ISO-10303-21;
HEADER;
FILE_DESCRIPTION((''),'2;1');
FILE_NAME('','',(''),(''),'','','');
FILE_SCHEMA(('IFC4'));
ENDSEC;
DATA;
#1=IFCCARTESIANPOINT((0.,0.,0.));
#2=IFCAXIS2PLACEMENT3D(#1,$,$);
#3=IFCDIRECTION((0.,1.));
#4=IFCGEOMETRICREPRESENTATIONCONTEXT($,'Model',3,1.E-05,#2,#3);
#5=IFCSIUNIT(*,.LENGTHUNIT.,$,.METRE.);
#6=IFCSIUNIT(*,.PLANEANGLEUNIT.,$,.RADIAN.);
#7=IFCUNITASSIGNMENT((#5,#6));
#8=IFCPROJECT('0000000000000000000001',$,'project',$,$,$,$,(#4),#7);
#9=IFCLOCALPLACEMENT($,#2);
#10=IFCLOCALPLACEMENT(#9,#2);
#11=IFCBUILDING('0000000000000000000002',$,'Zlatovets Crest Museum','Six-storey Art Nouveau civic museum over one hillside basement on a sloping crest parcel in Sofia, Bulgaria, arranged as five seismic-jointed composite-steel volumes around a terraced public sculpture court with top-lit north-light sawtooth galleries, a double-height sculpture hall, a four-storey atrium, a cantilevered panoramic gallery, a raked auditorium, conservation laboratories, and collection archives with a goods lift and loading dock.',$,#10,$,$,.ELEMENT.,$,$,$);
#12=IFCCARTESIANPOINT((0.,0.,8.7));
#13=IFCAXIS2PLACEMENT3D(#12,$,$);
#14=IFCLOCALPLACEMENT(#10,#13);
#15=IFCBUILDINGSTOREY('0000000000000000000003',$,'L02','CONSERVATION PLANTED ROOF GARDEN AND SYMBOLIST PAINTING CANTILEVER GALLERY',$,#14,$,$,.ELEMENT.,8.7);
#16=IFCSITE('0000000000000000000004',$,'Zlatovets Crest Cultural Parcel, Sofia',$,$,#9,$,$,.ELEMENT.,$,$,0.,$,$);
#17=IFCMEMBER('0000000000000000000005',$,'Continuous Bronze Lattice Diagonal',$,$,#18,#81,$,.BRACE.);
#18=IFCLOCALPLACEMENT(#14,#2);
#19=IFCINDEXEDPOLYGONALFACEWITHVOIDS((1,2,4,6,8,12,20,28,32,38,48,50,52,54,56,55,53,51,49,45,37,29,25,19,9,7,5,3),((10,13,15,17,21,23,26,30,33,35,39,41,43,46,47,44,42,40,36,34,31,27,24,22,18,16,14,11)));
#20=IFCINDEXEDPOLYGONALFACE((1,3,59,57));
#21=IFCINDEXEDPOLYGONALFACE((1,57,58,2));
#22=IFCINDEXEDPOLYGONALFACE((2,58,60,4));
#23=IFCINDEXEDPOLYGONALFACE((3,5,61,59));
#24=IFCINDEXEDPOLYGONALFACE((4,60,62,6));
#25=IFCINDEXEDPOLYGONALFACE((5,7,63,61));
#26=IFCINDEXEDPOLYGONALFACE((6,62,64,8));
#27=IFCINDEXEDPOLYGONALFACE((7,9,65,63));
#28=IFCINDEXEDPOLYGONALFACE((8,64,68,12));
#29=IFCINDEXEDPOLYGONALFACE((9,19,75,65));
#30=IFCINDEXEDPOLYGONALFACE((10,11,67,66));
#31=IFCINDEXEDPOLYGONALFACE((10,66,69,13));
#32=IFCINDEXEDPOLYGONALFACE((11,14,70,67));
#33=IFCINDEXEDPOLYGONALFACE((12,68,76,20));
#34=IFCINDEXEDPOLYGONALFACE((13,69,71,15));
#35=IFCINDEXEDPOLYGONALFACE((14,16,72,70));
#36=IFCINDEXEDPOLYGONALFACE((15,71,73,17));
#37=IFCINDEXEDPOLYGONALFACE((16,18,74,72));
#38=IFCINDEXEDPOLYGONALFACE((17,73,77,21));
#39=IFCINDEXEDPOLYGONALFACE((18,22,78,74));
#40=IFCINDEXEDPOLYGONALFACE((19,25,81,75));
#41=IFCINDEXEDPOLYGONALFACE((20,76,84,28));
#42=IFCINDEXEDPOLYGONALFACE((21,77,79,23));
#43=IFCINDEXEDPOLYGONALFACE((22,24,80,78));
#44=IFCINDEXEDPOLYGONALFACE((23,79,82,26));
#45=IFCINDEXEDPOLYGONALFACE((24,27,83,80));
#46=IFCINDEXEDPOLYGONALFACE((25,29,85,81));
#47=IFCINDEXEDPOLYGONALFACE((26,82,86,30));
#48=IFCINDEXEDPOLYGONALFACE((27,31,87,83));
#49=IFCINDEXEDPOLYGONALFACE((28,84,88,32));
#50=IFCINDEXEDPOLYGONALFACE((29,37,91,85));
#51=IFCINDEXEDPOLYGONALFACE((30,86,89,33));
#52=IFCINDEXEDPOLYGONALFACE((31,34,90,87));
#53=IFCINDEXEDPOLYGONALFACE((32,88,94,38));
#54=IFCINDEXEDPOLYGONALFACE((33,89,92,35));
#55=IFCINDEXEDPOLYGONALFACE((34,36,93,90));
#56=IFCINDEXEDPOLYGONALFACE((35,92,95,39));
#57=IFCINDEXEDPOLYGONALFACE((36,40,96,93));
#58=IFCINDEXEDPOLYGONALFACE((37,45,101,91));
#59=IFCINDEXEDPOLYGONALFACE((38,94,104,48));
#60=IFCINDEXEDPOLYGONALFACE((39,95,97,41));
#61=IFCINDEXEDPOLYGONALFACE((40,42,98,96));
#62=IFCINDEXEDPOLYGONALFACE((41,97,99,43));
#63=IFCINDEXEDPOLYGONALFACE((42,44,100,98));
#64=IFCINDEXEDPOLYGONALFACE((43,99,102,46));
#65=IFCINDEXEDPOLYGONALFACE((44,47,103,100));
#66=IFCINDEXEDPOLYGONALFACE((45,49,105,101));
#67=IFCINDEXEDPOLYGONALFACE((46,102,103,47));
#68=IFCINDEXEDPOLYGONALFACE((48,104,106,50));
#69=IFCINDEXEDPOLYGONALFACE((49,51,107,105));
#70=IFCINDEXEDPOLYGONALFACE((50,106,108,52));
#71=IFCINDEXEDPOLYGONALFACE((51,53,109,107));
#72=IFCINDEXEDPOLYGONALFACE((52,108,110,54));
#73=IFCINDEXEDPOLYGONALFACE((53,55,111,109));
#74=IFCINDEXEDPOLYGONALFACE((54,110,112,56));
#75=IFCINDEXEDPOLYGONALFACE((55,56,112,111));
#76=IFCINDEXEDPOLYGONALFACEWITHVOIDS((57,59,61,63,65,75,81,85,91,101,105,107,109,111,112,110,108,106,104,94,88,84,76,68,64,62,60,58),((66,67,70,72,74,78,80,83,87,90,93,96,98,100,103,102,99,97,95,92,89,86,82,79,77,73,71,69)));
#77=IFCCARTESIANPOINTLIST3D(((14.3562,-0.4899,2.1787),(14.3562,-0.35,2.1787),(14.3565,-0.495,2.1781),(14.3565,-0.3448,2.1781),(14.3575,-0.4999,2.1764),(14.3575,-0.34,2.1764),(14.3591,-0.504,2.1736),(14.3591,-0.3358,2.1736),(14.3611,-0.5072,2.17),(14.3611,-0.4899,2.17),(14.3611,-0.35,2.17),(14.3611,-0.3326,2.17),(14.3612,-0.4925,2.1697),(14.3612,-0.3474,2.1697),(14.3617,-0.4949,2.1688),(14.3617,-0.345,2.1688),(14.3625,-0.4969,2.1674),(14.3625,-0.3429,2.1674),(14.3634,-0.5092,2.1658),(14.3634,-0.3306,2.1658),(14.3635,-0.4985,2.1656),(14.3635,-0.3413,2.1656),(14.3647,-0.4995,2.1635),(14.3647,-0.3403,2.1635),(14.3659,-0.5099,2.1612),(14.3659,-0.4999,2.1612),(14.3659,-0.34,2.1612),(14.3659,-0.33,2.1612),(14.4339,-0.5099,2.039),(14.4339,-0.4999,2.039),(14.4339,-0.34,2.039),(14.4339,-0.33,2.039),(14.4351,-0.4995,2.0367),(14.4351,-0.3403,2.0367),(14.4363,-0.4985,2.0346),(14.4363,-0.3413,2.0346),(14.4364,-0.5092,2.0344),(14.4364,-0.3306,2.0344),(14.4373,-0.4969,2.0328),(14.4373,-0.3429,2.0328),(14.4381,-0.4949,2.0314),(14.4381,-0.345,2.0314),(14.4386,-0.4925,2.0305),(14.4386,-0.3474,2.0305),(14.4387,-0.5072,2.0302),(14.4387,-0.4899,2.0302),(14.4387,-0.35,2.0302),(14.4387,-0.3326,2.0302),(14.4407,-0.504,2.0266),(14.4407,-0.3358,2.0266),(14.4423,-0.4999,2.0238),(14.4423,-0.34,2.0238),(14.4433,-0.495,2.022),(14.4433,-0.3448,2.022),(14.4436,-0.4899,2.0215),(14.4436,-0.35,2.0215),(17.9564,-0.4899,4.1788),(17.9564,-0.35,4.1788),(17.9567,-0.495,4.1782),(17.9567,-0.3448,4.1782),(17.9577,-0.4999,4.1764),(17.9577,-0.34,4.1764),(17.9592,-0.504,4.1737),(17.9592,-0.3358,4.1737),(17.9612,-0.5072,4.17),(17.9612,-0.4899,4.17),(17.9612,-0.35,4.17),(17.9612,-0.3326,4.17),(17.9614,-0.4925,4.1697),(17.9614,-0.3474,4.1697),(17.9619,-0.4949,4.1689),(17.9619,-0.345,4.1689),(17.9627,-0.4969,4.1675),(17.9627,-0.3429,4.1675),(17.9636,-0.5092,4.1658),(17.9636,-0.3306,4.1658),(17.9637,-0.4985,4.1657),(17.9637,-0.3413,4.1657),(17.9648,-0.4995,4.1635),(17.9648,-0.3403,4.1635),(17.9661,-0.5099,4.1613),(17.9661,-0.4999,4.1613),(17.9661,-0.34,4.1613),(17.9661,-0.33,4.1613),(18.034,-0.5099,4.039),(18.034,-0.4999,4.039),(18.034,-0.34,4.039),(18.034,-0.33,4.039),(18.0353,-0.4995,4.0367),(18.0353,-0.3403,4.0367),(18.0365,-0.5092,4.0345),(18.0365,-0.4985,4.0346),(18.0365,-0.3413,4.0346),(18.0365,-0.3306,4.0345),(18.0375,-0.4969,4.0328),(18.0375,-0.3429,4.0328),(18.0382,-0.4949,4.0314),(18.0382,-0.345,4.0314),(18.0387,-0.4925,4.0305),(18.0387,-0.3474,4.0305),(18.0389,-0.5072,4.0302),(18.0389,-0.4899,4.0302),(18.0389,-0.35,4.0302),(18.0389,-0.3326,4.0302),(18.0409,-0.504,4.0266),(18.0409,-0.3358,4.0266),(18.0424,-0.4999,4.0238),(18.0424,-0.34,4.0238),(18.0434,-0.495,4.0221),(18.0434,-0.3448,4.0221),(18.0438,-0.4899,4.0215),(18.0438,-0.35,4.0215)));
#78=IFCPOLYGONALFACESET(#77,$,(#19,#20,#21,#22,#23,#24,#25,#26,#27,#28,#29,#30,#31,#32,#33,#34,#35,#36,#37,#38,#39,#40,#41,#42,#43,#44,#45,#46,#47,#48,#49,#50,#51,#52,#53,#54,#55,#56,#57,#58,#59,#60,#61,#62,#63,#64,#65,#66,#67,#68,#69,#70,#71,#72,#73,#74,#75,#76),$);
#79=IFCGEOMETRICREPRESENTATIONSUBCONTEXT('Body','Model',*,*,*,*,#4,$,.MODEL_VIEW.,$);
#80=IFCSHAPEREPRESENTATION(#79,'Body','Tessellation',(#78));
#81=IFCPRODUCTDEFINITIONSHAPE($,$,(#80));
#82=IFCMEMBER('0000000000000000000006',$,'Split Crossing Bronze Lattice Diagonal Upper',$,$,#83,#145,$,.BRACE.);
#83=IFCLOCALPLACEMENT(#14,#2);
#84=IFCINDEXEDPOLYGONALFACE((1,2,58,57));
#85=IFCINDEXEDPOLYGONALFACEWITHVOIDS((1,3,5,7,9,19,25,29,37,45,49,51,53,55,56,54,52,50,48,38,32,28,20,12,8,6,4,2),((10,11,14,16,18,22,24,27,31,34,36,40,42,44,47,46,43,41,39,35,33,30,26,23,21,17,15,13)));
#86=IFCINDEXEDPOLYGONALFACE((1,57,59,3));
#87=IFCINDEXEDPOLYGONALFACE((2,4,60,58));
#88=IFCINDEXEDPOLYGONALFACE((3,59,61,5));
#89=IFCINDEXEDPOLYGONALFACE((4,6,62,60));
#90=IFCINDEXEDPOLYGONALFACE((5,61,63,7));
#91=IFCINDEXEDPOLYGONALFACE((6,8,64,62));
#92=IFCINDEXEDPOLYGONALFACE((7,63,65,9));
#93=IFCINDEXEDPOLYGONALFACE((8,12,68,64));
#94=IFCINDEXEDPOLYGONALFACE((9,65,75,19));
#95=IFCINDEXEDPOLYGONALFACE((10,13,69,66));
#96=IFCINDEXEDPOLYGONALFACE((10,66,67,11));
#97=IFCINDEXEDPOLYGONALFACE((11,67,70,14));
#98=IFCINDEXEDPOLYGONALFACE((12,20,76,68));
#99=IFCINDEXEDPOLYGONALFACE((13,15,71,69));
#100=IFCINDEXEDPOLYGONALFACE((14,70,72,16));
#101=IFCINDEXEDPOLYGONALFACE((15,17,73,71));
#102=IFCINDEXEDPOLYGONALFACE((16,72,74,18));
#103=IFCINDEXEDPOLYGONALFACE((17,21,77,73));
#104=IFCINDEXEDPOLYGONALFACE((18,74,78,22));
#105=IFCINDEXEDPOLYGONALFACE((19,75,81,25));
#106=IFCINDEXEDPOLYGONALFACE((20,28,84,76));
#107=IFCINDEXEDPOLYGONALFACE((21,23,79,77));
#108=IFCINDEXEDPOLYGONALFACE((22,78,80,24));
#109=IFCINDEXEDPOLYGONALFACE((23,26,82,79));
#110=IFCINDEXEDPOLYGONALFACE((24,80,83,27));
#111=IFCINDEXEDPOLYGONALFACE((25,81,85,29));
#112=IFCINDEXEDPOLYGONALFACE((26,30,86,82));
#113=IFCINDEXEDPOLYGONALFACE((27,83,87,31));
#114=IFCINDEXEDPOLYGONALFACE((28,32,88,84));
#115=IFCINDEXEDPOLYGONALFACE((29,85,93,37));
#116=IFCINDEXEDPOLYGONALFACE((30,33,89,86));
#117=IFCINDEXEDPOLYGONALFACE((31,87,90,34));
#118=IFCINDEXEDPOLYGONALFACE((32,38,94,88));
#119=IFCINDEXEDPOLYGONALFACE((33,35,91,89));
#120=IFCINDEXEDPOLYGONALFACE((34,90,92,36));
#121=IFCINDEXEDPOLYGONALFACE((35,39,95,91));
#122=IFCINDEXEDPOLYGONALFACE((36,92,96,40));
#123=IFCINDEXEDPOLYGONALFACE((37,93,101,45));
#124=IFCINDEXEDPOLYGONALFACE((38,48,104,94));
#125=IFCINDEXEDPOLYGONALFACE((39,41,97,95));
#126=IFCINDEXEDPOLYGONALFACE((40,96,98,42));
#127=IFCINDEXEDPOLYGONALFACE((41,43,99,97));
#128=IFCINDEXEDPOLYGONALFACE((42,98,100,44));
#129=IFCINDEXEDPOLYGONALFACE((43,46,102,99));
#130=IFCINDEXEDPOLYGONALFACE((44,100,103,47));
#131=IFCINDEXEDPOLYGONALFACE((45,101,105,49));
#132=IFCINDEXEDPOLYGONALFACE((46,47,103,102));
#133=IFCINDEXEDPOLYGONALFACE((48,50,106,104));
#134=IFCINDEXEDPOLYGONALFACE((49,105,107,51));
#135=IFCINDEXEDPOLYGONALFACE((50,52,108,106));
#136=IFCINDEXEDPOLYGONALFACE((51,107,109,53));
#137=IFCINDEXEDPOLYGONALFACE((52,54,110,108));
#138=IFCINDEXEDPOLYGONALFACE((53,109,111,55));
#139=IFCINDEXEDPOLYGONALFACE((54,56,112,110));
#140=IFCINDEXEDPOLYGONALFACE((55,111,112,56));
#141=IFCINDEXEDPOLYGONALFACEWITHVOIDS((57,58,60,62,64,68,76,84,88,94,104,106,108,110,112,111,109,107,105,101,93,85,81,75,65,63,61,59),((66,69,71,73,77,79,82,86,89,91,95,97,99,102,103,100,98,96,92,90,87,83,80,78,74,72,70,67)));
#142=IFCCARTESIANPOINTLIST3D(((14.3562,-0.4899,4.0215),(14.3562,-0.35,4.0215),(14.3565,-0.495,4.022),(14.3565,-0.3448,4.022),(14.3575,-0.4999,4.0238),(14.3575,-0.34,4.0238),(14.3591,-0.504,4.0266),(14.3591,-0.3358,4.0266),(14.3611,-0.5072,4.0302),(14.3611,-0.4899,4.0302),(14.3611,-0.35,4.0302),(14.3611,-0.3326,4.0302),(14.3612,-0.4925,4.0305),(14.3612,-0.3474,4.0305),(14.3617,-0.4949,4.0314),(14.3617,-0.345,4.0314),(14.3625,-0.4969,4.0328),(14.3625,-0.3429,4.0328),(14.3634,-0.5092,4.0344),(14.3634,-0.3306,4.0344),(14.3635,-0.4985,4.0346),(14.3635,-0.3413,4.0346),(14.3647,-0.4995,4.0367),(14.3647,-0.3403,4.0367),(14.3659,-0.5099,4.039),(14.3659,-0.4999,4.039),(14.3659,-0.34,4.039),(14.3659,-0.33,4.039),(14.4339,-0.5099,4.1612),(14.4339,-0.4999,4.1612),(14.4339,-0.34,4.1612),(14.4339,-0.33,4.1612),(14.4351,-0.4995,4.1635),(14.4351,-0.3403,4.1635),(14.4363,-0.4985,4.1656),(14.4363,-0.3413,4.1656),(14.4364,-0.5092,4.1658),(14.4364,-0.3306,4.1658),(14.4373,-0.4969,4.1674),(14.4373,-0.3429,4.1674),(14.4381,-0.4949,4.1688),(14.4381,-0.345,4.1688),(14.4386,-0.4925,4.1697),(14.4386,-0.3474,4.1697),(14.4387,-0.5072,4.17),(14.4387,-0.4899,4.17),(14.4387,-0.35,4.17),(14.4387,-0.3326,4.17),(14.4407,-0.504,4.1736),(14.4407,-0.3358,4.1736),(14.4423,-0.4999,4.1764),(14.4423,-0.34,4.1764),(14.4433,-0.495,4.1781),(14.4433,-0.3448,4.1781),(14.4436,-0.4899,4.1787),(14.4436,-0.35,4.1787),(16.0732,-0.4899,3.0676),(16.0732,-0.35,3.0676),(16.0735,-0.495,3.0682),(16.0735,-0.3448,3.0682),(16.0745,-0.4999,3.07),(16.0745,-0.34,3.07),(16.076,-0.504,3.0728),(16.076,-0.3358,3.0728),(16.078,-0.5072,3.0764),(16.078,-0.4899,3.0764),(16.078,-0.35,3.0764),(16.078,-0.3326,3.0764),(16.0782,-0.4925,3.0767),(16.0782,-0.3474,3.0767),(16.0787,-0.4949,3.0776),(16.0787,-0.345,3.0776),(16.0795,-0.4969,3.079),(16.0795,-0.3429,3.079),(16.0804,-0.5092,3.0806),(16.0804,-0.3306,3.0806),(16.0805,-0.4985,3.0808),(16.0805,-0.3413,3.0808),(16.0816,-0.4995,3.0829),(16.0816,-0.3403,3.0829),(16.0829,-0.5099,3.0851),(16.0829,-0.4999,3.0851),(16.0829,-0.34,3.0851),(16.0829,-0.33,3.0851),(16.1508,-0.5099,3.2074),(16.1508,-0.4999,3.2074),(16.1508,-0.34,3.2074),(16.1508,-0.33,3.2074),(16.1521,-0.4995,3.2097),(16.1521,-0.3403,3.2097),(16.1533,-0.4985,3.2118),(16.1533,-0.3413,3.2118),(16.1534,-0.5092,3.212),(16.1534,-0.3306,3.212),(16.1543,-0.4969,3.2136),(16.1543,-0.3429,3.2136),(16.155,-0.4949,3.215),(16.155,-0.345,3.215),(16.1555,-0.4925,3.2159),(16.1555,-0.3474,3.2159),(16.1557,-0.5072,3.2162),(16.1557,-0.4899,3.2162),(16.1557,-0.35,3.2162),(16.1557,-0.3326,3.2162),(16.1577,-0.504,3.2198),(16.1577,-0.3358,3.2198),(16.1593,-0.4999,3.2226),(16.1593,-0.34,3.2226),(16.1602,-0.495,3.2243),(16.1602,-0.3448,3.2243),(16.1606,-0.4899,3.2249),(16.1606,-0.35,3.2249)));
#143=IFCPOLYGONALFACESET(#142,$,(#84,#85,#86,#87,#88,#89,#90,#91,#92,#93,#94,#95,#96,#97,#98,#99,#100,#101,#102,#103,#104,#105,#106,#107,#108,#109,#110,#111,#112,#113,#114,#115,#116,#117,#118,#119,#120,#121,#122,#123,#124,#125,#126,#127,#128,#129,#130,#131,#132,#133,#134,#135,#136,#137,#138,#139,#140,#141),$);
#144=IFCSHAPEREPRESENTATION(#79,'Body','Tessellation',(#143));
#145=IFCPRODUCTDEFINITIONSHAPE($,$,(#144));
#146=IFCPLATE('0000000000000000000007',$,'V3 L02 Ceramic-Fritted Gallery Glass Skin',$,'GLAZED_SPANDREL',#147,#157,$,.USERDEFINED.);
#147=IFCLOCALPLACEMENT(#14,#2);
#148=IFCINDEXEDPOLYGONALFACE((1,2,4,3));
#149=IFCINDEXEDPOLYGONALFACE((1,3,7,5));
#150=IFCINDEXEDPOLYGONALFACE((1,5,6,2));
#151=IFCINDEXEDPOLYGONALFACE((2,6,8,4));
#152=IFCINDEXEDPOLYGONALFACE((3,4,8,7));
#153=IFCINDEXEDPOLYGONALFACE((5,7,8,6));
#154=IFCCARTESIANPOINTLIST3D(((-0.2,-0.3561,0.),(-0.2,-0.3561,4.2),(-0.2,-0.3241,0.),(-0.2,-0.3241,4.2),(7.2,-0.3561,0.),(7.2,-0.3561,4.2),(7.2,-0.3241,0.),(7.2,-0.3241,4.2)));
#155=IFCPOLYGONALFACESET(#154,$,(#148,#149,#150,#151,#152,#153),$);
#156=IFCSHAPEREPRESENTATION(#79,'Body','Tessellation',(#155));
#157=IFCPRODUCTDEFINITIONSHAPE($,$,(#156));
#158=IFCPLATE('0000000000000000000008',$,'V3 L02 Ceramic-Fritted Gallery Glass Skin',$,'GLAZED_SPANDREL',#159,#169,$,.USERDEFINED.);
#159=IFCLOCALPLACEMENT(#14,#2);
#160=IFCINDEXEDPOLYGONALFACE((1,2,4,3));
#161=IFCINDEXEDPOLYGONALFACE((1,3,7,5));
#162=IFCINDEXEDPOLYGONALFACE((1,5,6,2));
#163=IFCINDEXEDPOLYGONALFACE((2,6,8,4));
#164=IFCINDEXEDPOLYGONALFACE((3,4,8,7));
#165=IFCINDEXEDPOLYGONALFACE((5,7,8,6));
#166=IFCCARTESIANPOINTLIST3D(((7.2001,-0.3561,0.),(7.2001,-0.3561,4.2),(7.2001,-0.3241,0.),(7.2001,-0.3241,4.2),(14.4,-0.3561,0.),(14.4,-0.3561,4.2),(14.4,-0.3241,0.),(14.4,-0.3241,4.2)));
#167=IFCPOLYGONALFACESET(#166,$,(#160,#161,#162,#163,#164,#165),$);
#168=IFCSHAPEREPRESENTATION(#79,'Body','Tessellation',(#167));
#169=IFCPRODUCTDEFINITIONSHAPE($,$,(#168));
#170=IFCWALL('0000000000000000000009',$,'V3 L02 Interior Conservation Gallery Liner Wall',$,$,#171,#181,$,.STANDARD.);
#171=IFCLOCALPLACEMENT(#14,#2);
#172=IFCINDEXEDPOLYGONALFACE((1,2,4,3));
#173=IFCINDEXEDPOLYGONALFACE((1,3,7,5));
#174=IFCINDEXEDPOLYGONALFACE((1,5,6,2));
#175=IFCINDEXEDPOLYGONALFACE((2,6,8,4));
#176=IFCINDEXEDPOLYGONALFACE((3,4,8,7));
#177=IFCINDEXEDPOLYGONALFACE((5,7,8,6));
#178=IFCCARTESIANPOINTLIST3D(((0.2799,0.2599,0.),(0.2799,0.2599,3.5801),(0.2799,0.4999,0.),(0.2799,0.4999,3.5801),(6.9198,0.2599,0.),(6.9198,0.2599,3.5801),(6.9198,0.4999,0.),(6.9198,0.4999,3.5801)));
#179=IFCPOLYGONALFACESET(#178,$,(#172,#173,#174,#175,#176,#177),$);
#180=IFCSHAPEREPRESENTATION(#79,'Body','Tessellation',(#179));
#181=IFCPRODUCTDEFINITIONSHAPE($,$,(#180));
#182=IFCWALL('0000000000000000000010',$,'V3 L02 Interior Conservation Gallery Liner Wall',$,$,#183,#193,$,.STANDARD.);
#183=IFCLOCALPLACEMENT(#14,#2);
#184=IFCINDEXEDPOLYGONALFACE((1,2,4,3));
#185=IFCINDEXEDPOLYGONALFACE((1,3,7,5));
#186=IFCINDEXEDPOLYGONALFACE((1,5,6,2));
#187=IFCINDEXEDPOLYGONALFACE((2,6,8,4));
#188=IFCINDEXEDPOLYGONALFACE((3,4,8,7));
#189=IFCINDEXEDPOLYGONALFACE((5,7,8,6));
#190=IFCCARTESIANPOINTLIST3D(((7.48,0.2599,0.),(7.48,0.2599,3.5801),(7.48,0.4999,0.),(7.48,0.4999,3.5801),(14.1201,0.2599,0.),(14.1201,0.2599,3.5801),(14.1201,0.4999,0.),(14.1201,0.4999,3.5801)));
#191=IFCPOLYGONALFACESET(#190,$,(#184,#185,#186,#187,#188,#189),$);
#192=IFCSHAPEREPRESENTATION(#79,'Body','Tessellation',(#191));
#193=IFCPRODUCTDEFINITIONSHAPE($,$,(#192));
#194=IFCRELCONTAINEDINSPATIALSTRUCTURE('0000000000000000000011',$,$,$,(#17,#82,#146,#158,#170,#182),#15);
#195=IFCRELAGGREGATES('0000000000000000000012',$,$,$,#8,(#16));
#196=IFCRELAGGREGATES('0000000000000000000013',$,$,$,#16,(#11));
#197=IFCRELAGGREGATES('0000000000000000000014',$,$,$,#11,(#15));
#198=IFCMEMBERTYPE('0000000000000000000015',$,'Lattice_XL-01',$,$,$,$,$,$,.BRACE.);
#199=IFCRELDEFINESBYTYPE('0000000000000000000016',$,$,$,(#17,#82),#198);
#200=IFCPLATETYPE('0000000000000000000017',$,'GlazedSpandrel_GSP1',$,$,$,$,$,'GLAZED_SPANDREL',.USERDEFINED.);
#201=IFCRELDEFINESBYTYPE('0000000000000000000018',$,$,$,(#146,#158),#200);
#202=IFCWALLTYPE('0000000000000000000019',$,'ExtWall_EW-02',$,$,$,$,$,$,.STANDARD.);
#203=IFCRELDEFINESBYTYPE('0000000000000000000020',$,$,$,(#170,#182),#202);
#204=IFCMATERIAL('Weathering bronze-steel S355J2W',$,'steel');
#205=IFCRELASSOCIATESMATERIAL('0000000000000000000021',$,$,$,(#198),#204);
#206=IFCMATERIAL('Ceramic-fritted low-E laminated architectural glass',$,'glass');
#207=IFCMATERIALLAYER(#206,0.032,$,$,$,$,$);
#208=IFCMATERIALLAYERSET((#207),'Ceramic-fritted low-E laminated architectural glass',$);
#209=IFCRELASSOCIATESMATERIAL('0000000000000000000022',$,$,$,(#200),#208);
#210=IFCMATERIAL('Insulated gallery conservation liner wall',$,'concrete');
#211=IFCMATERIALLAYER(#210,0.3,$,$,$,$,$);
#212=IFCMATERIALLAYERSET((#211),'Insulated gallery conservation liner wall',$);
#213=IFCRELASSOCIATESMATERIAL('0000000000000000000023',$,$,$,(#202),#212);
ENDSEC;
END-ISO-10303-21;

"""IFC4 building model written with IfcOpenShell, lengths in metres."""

from ifc_helpers import new_model, si_unit, direction, frame, frame_2d, origin, origin_2d, place, context, subcontext, project, spatial, rectangle, hollow_rectangle, extrude, material, layer, layer_set, material_profile, profile_set, type_object, element, save


model = new_model("IFC4")

# Units and contexts
model_context = context("Model", 3, precision=1e-05, world=origin(), true_north=direction((0.0, 1.0)))
body_context = subcontext(model_context, "Body", "Model", "MODEL_VIEW")
ifc_project = project(units=[si_unit("LENGTHUNIT", "METRE"), si_unit("PLANEANGLEUNIT", "RADIAN")], contexts=[model_context])

# Site, building, storey
site_placement = place(None, origin())
site = spatial("IfcSite", under=ifc_project, at=site_placement, Name="Zlatovets Crest Cultural Parcel, Sofia", CompositionType="ELEMENT", RefElevation=0.0)
building_placement = place(site_placement, origin())
building = spatial("IfcBuilding", under=site, at=building_placement, Name="Zlatovets Crest Museum", Description="Six-storey Art Nouveau civic museum over one hillside basement on a sloping crest parcel in Sofia, Bulgaria, arranged as five seismic-jointed composite-steel volumes around a terraced public sculpture court with top-lit north-light sawtooth galleries, a double-height sculpture hall, a four-storey atrium, a cantilevered panoramic gallery, a raked auditorium, conservation laboratories, and collection archives with a goods lift and loading dock.", CompositionType="ELEMENT")
storey_placement = place(building_placement, frame((0.0, 0.0, 8.7)))
storey = spatial("IfcBuildingStorey", under=building, at=storey_placement, Name="L02", Description="CONSERVATION PLANTED ROOF GARDEN AND SYMBOLIST PAINTING CANTILEVER GALLERY", CompositionType="ELEMENT", Elevation=8.7)

# Members
ifc_material_1 = material(Name="Weathering bronze-steel S355J2W", Category="steel")
ifc_material_profile_1 = material_profile(ifc_material_1, hollow_rectangle(XDim=0.1799, YDim=0.1799, WallThickness=0.01, InnerFilletRadius=0.01, OuterFilletRadius=0.02, at=origin_2d()), Name="SHS 180x180x10.0")
ifc_profile_set_1 = profile_set([ifc_material_profile_1], Name="Weathering bronze-steel S355J2W")
member_type = type_object("IfcMemberType", Name="Lattice_XL-01", PredefinedType="BRACE", material=ifc_profile_set_1)
member_1_placement = place(storey_placement, frame((14.3999, -0.4199, 2.1001), z_axis=(0.874163, 0.0, 0.485633), x_axis=(0.0, 1.0, 0.0)))
element("IfcMember", 1, at=member_1_placement, inside=storey, type_object=member_type, Name="Continuous Bronze Lattice Diagonal", PredefinedType="BRACE", context=body_context, shape_type="SweptSolid", body=[
    extrude(hollow_rectangle(XDim=0.1799, YDim=0.1799, WallThickness=0.01, InnerFilletRadius=0.01, OuterFilletRadius=0.02, at=origin_2d()), origin(), (0.0, 0.0, 1.0), 4.1184),
])
member_2_placement = place(storey_placement, frame((14.3999, -0.4199, 4.1001), z_axis=(0.874169, 0.0, -0.485622), x_axis=(0.0, 1.0, 0.0)))
element("IfcMember", 2, at=member_2_placement, inside=storey, type_object=member_type, Name="Split Crossing Bronze Lattice Diagonal Upper", PredefinedType="BRACE", context=body_context, shape_type="SweptSolid", body=[
    extrude(hollow_rectangle(XDim=0.1799, YDim=0.1799, WallThickness=0.01, InnerFilletRadius=0.01, OuterFilletRadius=0.02, at=origin_2d()), origin(), (0.0, 0.0, 1.0), 1.9641),
])

# Plates
ifc_material_2 = material(Name="Ceramic-fritted low-E laminated architectural glass", Category="glass")
ifc_layer_1 = layer(ifc_material_2, 0.032)
ifc_layer_set_1 = layer_set([ifc_layer_1], Name="Ceramic-fritted low-E laminated architectural glass")
plate_type = type_object("IfcPlateType", Name="GlazedSpandrel_GSP1", ElementType="GLAZED_SPANDREL", PredefinedType="USERDEFINED", material=ifc_layer_set_1)
plate_1_placement = place(storey_placement, frame((3.5, -0.3401, 0.0), z_axis=(0.0, 0.0, 1.0), x_axis=(1.0, 0.0, 0.0)))
element("IfcPlate", 3, at=plate_1_placement, inside=storey, type_object=plate_type, Name="V3 L02 Ceramic-Fritted Gallery Glass Skin", ObjectType="GLAZED_SPANDREL", PredefinedType="USERDEFINED", context=body_context, shape_type="SweptSolid", body=[
    extrude(rectangle(XDim=7.3999, YDim=0.032, at=origin_2d()), origin(), (0.0, 0.0, 1.0), 4.2),
])
plate_2_placement = place(storey_placement, frame((10.8, -0.3401, 0.0), z_axis=(0.0, 0.0, 1.0), x_axis=(1.0, 0.0, 0.0)))
element("IfcPlate", 4, at=plate_2_placement, inside=storey, type_object=plate_type, Name="V3 L02 Ceramic-Fritted Gallery Glass Skin", ObjectType="GLAZED_SPANDREL", PredefinedType="USERDEFINED", context=body_context, shape_type="SweptSolid", body=[
    extrude(rectangle(XDim=7.2, YDim=0.032, at=origin_2d()), origin(), (0.0, 0.0, 1.0), 4.2),
])

# Walls
ifc_material_3 = material(Name="Insulated gallery conservation liner wall", Category="concrete")
ifc_layer_2 = layer(ifc_material_3, 0.3)
ifc_layer_set_2 = layer_set([ifc_layer_2], Name="Insulated gallery conservation liner wall")
wall_type = type_object("IfcWallType", Name="ExtWall_EW-02", PredefinedType="STANDARD", material=ifc_layer_set_2)
wall_1_placement = place(storey_placement, frame((0.28, 0.3799, 0.0), z_axis=(0.0, 0.0, 1.0), x_axis=(1.0, 0.0, 0.0)))
element("IfcWall", 5, at=wall_1_placement, inside=storey, type_object=wall_type, Name="V3 L02 Interior Conservation Gallery Liner Wall", PredefinedType="STANDARD", context=body_context, shape_type="SweptSolid", body=[
    extrude(rectangle(XDim=6.6399, YDim=0.24, at=frame_2d((3.3198, 0.0))), origin(), (0.0, 0.0, 1.0), 3.5801),
])
wall_2_placement = place(storey_placement, frame((7.48, 0.3799, 0.0), z_axis=(0.0, 0.0, 1.0), x_axis=(1.0, 0.0, 0.0)))
element("IfcWall", 6, at=wall_2_placement, inside=storey, type_object=wall_type, Name="V3 L02 Interior Conservation Gallery Liner Wall", PredefinedType="STANDARD", context=body_context, shape_type="SweptSolid", body=[
    extrude(rectangle(XDim=6.6401, YDim=0.24, at=frame_2d((3.3201, 0.0))), origin(), (0.0, 0.0, 1.0), 3.5801),
])

save(model, "model.ifc")
